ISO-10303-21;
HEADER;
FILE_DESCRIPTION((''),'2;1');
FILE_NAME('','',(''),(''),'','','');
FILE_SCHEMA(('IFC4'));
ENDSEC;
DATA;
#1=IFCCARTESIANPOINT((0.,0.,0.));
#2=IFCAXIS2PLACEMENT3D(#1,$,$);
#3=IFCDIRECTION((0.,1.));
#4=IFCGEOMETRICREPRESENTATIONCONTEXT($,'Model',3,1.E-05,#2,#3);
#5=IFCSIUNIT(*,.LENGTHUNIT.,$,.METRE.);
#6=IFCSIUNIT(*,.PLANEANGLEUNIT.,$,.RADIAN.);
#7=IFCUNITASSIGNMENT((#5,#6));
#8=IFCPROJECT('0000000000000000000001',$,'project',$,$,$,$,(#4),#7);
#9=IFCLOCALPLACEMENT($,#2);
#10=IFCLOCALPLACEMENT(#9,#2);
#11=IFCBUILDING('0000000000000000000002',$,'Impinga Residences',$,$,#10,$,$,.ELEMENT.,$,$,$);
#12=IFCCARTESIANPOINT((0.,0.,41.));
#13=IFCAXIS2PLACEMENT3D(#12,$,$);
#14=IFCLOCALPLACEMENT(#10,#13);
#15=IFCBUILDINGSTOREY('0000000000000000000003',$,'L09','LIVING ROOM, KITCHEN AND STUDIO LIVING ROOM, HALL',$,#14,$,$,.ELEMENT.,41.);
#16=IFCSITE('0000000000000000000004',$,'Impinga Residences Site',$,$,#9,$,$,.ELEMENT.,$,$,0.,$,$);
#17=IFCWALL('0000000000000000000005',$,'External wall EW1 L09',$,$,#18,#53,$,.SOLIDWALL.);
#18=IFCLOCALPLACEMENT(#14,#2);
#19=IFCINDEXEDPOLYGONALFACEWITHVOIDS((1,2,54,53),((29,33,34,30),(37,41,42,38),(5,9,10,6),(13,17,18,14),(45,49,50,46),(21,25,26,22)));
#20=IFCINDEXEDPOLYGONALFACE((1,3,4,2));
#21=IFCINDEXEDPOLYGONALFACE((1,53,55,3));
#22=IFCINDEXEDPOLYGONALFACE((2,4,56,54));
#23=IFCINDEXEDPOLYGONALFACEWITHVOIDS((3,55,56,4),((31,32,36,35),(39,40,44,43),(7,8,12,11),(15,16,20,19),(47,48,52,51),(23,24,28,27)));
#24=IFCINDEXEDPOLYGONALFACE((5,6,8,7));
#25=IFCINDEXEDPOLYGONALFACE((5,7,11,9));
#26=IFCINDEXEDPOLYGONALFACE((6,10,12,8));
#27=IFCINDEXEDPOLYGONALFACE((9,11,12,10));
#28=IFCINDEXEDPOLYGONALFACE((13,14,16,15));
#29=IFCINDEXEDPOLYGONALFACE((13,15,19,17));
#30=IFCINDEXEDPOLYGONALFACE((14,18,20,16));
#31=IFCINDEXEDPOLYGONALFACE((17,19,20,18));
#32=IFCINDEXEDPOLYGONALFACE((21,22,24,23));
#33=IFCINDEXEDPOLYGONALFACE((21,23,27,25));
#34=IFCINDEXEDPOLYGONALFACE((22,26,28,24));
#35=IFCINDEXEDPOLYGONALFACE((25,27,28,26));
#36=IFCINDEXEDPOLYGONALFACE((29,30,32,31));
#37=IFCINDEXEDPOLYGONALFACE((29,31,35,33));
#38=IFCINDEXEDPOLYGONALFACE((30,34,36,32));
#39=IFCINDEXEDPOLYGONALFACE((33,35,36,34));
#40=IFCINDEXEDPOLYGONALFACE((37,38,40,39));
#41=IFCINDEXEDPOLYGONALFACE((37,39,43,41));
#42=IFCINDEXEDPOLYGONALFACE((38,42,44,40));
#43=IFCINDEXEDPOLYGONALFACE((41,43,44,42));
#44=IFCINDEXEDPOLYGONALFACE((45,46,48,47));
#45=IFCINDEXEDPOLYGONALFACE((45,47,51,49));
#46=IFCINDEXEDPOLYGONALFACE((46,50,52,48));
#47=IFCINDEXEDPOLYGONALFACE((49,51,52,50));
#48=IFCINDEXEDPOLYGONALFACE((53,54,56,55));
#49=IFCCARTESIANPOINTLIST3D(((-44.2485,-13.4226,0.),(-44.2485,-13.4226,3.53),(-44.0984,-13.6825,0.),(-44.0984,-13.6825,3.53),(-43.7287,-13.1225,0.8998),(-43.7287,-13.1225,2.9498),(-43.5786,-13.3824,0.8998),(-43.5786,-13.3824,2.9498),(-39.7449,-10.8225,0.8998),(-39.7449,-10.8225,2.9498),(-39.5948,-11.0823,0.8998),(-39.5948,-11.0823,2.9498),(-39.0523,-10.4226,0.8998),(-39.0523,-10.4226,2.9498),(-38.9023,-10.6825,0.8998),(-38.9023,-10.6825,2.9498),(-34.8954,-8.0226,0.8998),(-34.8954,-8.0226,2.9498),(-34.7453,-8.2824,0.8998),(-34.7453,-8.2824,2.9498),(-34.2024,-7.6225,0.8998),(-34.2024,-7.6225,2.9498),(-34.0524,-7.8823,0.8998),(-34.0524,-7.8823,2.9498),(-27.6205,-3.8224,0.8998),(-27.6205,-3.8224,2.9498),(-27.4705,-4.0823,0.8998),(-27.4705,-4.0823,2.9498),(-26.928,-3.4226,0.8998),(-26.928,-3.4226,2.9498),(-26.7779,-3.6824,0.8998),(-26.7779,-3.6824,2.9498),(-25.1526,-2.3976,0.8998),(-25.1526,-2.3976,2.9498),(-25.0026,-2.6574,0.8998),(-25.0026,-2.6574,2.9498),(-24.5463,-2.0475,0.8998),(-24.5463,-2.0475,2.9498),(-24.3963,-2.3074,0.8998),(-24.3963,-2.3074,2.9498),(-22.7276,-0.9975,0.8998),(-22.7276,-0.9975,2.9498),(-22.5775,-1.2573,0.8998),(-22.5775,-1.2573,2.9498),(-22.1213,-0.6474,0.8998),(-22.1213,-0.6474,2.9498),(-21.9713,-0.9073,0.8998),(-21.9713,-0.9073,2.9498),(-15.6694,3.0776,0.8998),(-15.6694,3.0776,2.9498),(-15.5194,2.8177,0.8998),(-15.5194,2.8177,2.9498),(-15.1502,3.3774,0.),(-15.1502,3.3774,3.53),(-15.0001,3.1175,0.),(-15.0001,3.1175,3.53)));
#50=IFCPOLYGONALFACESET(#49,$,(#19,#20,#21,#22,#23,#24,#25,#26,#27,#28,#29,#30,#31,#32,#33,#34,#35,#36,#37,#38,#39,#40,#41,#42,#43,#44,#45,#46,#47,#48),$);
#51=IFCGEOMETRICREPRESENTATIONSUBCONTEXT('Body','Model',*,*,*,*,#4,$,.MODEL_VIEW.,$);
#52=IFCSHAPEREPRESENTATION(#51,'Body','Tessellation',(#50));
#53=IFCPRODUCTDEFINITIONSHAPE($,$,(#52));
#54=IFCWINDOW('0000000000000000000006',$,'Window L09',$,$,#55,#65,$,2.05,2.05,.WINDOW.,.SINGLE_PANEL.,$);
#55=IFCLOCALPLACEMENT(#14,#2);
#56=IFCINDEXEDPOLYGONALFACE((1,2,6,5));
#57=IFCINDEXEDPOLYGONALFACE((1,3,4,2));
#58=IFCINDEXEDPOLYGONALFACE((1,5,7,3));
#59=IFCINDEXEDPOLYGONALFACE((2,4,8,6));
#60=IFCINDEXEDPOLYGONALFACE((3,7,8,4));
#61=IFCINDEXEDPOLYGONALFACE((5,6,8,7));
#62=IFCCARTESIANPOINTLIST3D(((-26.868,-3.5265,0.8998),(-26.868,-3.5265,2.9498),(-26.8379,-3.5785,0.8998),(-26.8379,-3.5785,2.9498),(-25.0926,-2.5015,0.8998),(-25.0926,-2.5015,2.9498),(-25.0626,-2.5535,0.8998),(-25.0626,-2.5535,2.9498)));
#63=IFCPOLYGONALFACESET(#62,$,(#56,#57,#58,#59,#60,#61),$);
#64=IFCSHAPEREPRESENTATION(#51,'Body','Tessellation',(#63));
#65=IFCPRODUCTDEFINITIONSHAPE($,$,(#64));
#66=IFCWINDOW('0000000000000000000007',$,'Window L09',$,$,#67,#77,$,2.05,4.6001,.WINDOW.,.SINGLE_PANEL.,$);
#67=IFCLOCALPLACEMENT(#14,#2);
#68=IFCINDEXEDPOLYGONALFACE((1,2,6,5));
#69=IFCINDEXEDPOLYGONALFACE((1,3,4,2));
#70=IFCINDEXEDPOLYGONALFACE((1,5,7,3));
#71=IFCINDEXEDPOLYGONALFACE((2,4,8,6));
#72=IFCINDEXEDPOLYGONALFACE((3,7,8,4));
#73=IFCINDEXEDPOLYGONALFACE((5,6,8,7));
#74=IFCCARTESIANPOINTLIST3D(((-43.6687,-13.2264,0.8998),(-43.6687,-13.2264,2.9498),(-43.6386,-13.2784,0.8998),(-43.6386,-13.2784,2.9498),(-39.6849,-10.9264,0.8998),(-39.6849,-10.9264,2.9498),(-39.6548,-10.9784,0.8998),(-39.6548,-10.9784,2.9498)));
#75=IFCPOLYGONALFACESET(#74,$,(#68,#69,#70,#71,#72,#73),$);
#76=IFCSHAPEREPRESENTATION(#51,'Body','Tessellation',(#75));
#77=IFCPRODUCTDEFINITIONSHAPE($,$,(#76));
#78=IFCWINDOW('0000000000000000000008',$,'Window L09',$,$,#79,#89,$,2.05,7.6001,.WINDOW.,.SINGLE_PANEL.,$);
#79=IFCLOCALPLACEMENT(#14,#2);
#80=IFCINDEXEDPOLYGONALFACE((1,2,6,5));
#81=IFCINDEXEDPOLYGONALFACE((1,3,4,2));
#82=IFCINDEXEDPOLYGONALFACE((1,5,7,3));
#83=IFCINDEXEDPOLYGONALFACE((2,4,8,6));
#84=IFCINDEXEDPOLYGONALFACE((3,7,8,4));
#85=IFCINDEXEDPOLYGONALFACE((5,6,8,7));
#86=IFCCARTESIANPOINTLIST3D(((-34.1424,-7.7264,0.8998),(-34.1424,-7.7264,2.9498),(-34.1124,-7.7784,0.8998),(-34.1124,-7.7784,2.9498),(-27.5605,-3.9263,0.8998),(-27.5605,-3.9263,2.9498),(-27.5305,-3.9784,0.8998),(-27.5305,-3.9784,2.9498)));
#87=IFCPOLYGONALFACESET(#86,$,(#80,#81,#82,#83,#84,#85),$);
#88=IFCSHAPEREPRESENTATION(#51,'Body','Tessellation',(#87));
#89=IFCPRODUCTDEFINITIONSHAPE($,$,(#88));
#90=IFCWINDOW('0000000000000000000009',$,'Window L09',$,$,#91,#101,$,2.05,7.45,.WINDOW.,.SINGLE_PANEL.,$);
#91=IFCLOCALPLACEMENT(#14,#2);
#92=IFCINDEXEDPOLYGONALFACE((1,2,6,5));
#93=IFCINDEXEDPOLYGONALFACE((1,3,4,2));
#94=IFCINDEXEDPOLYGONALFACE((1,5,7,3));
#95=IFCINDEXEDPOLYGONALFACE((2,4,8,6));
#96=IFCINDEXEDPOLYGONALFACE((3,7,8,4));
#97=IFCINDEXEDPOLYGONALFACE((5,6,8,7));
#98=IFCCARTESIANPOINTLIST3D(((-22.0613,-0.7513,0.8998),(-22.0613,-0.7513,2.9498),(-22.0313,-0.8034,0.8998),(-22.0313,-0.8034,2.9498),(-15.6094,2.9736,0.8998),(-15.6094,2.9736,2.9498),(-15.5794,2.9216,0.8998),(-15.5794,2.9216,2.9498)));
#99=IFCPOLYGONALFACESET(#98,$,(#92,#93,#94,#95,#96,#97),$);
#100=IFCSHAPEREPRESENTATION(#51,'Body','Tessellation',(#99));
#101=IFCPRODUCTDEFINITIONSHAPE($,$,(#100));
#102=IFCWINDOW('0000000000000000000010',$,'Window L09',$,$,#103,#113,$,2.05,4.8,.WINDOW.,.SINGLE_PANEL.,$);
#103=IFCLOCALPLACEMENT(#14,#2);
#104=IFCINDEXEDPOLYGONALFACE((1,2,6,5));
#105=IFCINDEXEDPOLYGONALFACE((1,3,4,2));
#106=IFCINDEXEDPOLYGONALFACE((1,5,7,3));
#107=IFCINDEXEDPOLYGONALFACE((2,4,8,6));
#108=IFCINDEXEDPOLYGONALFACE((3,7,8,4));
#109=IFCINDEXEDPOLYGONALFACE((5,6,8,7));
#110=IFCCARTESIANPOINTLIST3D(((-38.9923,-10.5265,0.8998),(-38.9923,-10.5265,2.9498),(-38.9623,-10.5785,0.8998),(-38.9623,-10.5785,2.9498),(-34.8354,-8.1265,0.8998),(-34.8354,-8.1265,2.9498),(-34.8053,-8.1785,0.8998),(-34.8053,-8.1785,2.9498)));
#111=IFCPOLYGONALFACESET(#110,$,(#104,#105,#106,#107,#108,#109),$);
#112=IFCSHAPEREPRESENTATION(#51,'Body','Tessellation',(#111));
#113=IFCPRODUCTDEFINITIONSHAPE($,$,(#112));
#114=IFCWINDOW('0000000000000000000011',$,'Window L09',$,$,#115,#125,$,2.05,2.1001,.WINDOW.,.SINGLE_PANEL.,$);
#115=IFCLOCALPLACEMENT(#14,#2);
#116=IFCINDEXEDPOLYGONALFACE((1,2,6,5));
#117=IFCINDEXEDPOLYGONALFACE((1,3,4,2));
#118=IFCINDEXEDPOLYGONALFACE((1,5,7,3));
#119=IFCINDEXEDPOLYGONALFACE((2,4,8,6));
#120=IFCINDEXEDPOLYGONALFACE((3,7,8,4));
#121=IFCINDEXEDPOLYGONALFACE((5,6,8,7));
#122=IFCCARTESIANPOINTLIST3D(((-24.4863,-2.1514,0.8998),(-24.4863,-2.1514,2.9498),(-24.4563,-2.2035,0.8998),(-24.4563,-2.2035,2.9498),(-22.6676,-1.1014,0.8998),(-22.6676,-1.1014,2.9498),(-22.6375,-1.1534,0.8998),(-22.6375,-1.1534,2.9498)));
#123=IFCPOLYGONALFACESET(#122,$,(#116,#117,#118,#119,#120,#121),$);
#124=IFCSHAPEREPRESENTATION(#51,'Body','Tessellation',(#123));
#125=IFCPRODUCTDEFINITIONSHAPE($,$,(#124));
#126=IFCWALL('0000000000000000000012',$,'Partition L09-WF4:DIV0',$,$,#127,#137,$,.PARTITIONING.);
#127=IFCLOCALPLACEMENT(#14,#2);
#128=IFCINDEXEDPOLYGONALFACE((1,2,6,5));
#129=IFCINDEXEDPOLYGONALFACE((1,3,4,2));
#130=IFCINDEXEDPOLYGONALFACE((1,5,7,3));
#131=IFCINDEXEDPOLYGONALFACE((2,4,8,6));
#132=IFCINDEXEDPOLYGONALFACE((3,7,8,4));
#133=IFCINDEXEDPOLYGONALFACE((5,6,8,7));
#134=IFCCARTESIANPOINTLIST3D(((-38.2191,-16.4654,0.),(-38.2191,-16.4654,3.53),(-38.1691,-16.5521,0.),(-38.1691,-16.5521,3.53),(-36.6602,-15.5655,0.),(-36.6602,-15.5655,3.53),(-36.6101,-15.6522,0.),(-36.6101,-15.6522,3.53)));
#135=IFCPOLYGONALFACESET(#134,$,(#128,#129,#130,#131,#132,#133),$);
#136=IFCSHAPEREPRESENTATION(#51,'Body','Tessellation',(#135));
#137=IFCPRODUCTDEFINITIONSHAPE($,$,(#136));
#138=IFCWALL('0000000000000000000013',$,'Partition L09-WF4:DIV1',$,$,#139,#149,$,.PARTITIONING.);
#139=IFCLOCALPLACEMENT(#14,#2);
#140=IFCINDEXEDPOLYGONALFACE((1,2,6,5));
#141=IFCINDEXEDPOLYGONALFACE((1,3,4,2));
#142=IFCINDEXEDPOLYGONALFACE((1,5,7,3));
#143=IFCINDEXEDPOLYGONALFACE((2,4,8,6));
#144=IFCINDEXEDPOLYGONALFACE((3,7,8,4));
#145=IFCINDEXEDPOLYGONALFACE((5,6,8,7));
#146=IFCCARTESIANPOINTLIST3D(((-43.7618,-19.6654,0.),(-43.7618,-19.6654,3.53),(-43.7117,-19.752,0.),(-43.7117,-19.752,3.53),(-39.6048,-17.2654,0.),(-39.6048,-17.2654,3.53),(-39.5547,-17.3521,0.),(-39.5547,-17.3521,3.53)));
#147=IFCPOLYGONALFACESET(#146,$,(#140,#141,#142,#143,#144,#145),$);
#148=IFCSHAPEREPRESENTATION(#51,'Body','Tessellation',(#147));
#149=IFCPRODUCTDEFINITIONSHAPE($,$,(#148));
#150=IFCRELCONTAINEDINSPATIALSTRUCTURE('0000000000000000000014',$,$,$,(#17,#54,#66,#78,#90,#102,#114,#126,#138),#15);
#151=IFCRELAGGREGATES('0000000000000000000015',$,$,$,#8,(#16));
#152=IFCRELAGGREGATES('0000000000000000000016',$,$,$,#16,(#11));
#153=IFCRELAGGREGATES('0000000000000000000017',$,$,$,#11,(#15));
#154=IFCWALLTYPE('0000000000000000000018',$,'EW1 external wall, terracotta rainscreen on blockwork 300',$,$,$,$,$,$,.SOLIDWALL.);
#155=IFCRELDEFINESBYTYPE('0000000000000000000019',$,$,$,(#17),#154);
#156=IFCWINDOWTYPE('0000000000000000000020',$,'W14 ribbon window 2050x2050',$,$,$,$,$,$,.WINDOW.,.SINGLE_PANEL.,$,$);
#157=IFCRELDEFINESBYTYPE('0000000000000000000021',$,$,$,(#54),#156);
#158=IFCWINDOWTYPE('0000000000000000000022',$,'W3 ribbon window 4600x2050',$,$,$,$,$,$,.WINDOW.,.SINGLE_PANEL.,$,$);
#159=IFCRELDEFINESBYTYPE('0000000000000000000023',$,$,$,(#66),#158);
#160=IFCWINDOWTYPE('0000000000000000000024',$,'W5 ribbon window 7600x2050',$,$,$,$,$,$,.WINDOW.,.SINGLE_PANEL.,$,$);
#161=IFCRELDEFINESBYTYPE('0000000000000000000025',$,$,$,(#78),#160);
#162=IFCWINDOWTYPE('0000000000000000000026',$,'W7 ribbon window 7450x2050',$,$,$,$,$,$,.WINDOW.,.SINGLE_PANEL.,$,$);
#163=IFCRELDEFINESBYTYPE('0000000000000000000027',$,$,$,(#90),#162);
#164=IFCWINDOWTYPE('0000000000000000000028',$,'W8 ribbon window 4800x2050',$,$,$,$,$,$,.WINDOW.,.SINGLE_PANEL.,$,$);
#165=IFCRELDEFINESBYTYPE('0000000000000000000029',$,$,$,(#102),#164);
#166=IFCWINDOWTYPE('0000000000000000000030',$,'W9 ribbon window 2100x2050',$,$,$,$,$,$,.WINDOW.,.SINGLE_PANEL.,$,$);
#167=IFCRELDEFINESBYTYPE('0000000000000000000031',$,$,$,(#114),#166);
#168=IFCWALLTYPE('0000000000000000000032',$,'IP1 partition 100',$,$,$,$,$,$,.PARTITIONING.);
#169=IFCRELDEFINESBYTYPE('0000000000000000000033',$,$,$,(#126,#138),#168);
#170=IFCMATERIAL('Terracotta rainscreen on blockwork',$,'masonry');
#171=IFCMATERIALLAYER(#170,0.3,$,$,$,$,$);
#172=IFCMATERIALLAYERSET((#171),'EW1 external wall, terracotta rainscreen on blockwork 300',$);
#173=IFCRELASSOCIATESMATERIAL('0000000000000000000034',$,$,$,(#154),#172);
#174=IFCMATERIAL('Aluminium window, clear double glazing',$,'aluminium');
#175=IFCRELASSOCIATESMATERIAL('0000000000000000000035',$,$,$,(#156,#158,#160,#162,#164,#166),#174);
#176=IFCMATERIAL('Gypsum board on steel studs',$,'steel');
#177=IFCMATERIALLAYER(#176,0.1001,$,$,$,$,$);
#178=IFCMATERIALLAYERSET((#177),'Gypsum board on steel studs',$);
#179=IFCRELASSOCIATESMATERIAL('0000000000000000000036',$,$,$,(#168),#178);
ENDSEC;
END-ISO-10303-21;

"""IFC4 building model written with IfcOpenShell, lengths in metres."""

from ifc_helpers import new_model, si_unit, direction, frame, frame_2d, origin, place, context, subcontext, project, spatial, rectangle, extrude, material, layer, layer_set, type_object, element, fill, save


model = new_model("IFC4")

# Units and contexts
model_context = context("Model", 3, precision=1e-05, world=origin(), true_north=direction((0.0, 1.0)))
body_context = subcontext(model_context, "Body", "Model", "MODEL_VIEW")
ifc_project = project(units=[si_unit("LENGTHUNIT", "METRE"), si_unit("PLANEANGLEUNIT", "RADIAN")], contexts=[model_context])

# Site, building, storey
site_placement = place(None, origin())
site = spatial("IfcSite", under=ifc_project, at=site_placement, Name="Impinga Residences Site", CompositionType="ELEMENT", RefElevation=0.0)
building_placement = place(site_placement, origin())
building = spatial("IfcBuilding", under=site, at=building_placement, Name="Impinga Residences", CompositionType="ELEMENT")
storey_placement = place(building_placement, frame((0.0, 0.0, 41.0)))
storey = spatial("IfcBuildingStorey", under=building, at=storey_placement, Name="L09", Description="LIVING ROOM, KITCHEN AND STUDIO LIVING ROOM, HALL", CompositionType="ELEMENT", Elevation=41.0)

# Shared definitions
ifc_material_1 = material(Name="Terracotta rainscreen on blockwork", Category="masonry")
ifc_layer_1 = layer(ifc_material_1, 0.3)
ifc_layer_set_1 = layer_set([ifc_layer_1], Name="EW1 external wall, terracotta rainscreen on blockwork 300")
wall_type_1 = type_object("IfcWallType", Name="EW1 external wall, terracotta rainscreen on blockwork 300", PredefinedType="SOLIDWALL", material=ifc_layer_set_1)

# Wall, openings, windows
wall_1_placement = place(storey_placement, frame((-44.1733, -13.5525, 0.0), z_axis=(0.0, 0.0, 1.0), x_axis=(0.866024, 0.500002, 0.0)))
wall_1 = element("IfcWall", 1, at=wall_1_placement, inside=storey, type_object=wall_type_1, Name="External wall EW1 L09", PredefinedType="SOLIDWALL", context=body_context, shape_type="SweptSolid", body=[
    extrude(rectangle(XDim=33.5999, YDim=0.3, at=frame_2d((16.7998, 0.0))), origin(), (0.0, 0.0, 1.0), 3.53),
])
opening_1_placement = place(wall_1_placement, frame((0.6001, 0.0, 0.8999)))
opening_1 = element("IfcOpeningElement", 2, at=opening_1_placement, cuts=wall_1, PredefinedType="OPENING", context=body_context, shape_type="SweptSolid", body=[
    extrude(rectangle(XDim=4.6001, YDim=2.05, at=frame_2d((2.3, 1.0249))), frame((0.0, 0.1599, 0.0), z_axis=(0.0, -1.0, 0.0), x_axis=(1.0, 0.0, 0.0)), (0.0, 0.0, 1.0), 0.3201),
])
opening_2_placement = place(wall_1_placement, frame((6.0, 0.0, 0.8999)))
opening_2 = element("IfcOpeningElement", 3, at=opening_2_placement, cuts=wall_1, PredefinedType="OPENING", context=body_context, shape_type="SweptSolid", body=[
    extrude(rectangle(XDim=4.8, YDim=2.05, at=frame_2d((2.3999, 1.0249))), frame((0.0, 0.1599, 0.0), z_axis=(0.0, -1.0, 0.0), x_axis=(1.0, 0.0, 0.0)), (0.0, 0.0, 1.0), 0.3201),
])
opening_3_placement = place(wall_1_placement, frame((11.6001, 0.0, 0.8999)))
opening_3 = element("IfcOpeningElement", 4, at=opening_3_placement, cuts=wall_1, PredefinedType="OPENING", context=body_context, shape_type="SweptSolid", body=[
    extrude(rectangle(XDim=7.6001, YDim=2.05, at=frame_2d((3.8, 1.0249))), frame((0.0, 0.1599, 0.0), z_axis=(0.0, -1.0, 0.0), x_axis=(1.0, 0.0, 0.0)), (0.0, 0.0, 1.0), 0.3201),
])
opening_4_placement = place(wall_1_placement, frame((20.0, 0.0, 0.8999)))
opening_4 = element("IfcOpeningElement", 5, at=opening_4_placement, cuts=wall_1, PredefinedType="OPENING", context=body_context, shape_type="SweptSolid", body=[
    extrude(rectangle(XDim=2.05, YDim=2.05, at=frame_2d((1.0249, 1.0249))), frame((0.0, 0.1599, 0.0), z_axis=(0.0, -1.0, 0.0), x_axis=(1.0, 0.0, 0.0)), (0.0, 0.0, 1.0), 0.3201),
])
opening_5_placement = place(wall_1_placement, frame((22.75, 0.0, 0.8999)))
opening_5 = element("IfcOpeningElement", 6, at=opening_5_placement, cuts=wall_1, PredefinedType="OPENING", context=body_context, shape_type="SweptSolid", body=[
    extrude(rectangle(XDim=2.1001, YDim=2.05, at=frame_2d((1.05, 1.0249))), frame((0.0, 0.1599, 0.0), z_axis=(0.0, -1.0, 0.0), x_axis=(1.0, 0.0, 0.0)), (0.0, 0.0, 1.0), 0.3201),
])
opening_6_placement = place(wall_1_placement, frame((25.55, 0.0, 0.8999)))
opening_6 = element("IfcOpeningElement", 7, at=opening_6_placement, cuts=wall_1, PredefinedType="OPENING", context=body_context, shape_type="SweptSolid", body=[
    extrude(rectangle(XDim=7.45, YDim=2.05, at=frame_2d((3.7251, 1.0249))), frame((0.0, 0.1599, 0.0), z_axis=(0.0, -1.0, 0.0), x_axis=(1.0, 0.0, 0.0)), (0.0, 0.0, 1.0), 0.3201),
])
ifc_material_2 = material(Name="Aluminium window, clear double glazing", Category="aluminium")
window_type_1 = type_object("IfcWindowType", Name="W14 ribbon window 2050x2050", PartitioningType="SINGLE_PANEL", PredefinedType="WINDOW", material=ifc_material_2)
window_1_placement = place(opening_4_placement, origin())
window_1 = element("IfcWindow", 8, at=window_1_placement, inside=storey, type_object=window_type_1, Name="Window L09", OverallHeight=2.05, OverallWidth=2.05, PartitioningType="SINGLE_PANEL", PredefinedType="WINDOW", context=body_context, shape_type="SweptSolid", body=[
    extrude(rectangle(XDim=2.05, YDim=2.05, at=frame_2d((1.0249, 1.0249))), frame((0.0, 0.03, 0.0), z_axis=(0.0, -1.0, 0.0), x_axis=(1.0, 0.0, 0.0)), (0.0, 0.0, 1.0), 0.0601),
])
fill(opening_4, window_1)
window_type_2 = type_object("IfcWindowType", Name="W3 ribbon window 4600x2050", PartitioningType="SINGLE_PANEL", PredefinedType="WINDOW", material=ifc_material_2)
window_2_placement = place(opening_1_placement, origin())
window_2 = element("IfcWindow", 9, at=window_2_placement, inside=storey, type_object=window_type_2, Name="Window L09", OverallHeight=2.05, OverallWidth=4.6001, PartitioningType="SINGLE_PANEL", PredefinedType="WINDOW", context=body_context, shape_type="SweptSolid", body=[
    extrude(rectangle(XDim=4.6001, YDim=2.05, at=frame_2d((2.3, 1.0249))), frame((0.0, 0.03, 0.0), z_axis=(0.0, -1.0, 0.0), x_axis=(1.0, 0.0, 0.0)), (0.0, 0.0, 1.0), 0.0601),
])
fill(opening_1, window_2)
window_type_3 = type_object("IfcWindowType", Name="W5 ribbon window 7600x2050", PartitioningType="SINGLE_PANEL", PredefinedType="WINDOW", material=ifc_material_2)
window_3_placement = place(opening_3_placement, origin())
window_3 = element("IfcWindow", 10, at=window_3_placement, inside=storey, type_object=window_type_3, Name="Window L09", OverallHeight=2.05, OverallWidth=7.6001, PartitioningType="SINGLE_PANEL", PredefinedType="WINDOW", context=body_context, shape_type="SweptSolid", body=[
    extrude(rectangle(XDim=7.6001, YDim=2.05, at=frame_2d((3.8, 1.0249))), frame((0.0, 0.03, 0.0), z_axis=(0.0, -1.0, 0.0), x_axis=(1.0, 0.0, 0.0)), (0.0, 0.0, 1.0), 0.0601),
])
fill(opening_3, window_3)
window_type_4 = type_object("IfcWindowType", Name="W7 ribbon window 7450x2050", PartitioningType="SINGLE_PANEL", PredefinedType="WINDOW", material=ifc_material_2)
window_4_placement = place(opening_6_placement, origin())
window_4 = element("IfcWindow", 11, at=window_4_placement, inside=storey, type_object=window_type_4, Name="Window L09", OverallHeight=2.05, OverallWidth=7.45, PartitioningType="SINGLE_PANEL", PredefinedType="WINDOW", context=body_context, shape_type="SweptSolid", body=[
    extrude(rectangle(XDim=7.45, YDim=2.05, at=frame_2d((3.7251, 1.0249))), frame((0.0, 0.03, 0.0), z_axis=(0.0, -1.0, 0.0), x_axis=(1.0, 0.0, 0.0)), (0.0, 0.0, 1.0), 0.0601),
])
fill(opening_6, window_4)
window_type_5 = type_object("IfcWindowType", Name="W8 ribbon window 4800x2050", PartitioningType="SINGLE_PANEL", PredefinedType="WINDOW", material=ifc_material_2)
window_5_placement = place(opening_2_placement, origin())
window_5 = element("IfcWindow", 12, at=window_5_placement, inside=storey, type_object=window_type_5, Name="Window L09", OverallHeight=2.05, OverallWidth=4.8, PartitioningType="SINGLE_PANEL", PredefinedType="WINDOW", context=body_context, shape_type="SweptSolid", body=[
    extrude(rectangle(XDim=4.8, YDim=2.05, at=frame_2d((2.3999, 1.0249))), frame((0.0, 0.03, 0.0), z_axis=(0.0, -1.0, 0.0), x_axis=(1.0, 0.0, 0.0)), (0.0, 0.0, 1.0), 0.0601),
])
fill(opening_2, window_5)
window_type_6 = type_object("IfcWindowType", Name="W9 ribbon window 2100x2050", PartitioningType="SINGLE_PANEL", PredefinedType="WINDOW", material=ifc_material_2)
window_6_placement = place(opening_5_placement, origin())
window_6 = element("IfcWindow", 13, at=window_6_placement, inside=storey, type_object=window_type_6, Name="Window L09", OverallHeight=2.05, OverallWidth=2.1001, PartitioningType="SINGLE_PANEL", PredefinedType="WINDOW", context=body_context, shape_type="SweptSolid", body=[
    extrude(rectangle(XDim=2.1001, YDim=2.05, at=frame_2d((1.05, 1.0249))), frame((0.0, 0.03, 0.0), z_axis=(0.0, -1.0, 0.0), x_axis=(1.0, 0.0, 0.0)), (0.0, 0.0, 1.0), 0.0601),
])
fill(opening_5, window_6)

# Walls
ifc_material_3 = material(Name="Gypsum board on steel studs", Category="steel")
ifc_layer_2 = layer(ifc_material_3, 0.1001)
ifc_layer_set_2 = layer_set([ifc_layer_2], Name="Gypsum board on steel studs")
wall_type_2 = type_object("IfcWallType", Name="IP1 partition 100", PredefinedType="PARTITIONING", material=ifc_layer_set_2)
wall_2_placement = place(storey_placement, frame((-36.6353, -15.6089, 0.0), z_axis=(0.0, 0.0, 1.0), x_axis=(-0.866048, -0.499961, 0.0)))
element("IfcWall", 14, at=wall_2_placement, inside=storey, type_object=wall_type_2, Name="Partition L09-WF4:DIV0", PredefinedType="PARTITIONING", context=body_context, shape_type="SweptSolid", body=[
    extrude(rectangle(XDim=1.8, YDim=0.1001, at=frame_2d((0.8999, 0.0))), origin(), (0.0, 0.0, 1.0), 3.53),
])
wall_3_placement = place(storey_placement, frame((-39.5798, -17.3088, 0.0), z_axis=(0.0, 0.0, 1.0), x_axis=(-0.866037, -0.499979, 0.0)))
element("IfcWall", 15, at=wall_3_placement, inside=storey, type_object=wall_type_2, Name="Partition L09-WF4:DIV1", PredefinedType="PARTITIONING", context=body_context, shape_type="SweptSolid", body=[
    extrude(rectangle(XDim=4.8, YDim=0.1001, at=frame_2d((2.3999, 0.0))), origin(), (0.0, 0.0, 1.0), 3.53),
])

save(model, "model.ifc")
